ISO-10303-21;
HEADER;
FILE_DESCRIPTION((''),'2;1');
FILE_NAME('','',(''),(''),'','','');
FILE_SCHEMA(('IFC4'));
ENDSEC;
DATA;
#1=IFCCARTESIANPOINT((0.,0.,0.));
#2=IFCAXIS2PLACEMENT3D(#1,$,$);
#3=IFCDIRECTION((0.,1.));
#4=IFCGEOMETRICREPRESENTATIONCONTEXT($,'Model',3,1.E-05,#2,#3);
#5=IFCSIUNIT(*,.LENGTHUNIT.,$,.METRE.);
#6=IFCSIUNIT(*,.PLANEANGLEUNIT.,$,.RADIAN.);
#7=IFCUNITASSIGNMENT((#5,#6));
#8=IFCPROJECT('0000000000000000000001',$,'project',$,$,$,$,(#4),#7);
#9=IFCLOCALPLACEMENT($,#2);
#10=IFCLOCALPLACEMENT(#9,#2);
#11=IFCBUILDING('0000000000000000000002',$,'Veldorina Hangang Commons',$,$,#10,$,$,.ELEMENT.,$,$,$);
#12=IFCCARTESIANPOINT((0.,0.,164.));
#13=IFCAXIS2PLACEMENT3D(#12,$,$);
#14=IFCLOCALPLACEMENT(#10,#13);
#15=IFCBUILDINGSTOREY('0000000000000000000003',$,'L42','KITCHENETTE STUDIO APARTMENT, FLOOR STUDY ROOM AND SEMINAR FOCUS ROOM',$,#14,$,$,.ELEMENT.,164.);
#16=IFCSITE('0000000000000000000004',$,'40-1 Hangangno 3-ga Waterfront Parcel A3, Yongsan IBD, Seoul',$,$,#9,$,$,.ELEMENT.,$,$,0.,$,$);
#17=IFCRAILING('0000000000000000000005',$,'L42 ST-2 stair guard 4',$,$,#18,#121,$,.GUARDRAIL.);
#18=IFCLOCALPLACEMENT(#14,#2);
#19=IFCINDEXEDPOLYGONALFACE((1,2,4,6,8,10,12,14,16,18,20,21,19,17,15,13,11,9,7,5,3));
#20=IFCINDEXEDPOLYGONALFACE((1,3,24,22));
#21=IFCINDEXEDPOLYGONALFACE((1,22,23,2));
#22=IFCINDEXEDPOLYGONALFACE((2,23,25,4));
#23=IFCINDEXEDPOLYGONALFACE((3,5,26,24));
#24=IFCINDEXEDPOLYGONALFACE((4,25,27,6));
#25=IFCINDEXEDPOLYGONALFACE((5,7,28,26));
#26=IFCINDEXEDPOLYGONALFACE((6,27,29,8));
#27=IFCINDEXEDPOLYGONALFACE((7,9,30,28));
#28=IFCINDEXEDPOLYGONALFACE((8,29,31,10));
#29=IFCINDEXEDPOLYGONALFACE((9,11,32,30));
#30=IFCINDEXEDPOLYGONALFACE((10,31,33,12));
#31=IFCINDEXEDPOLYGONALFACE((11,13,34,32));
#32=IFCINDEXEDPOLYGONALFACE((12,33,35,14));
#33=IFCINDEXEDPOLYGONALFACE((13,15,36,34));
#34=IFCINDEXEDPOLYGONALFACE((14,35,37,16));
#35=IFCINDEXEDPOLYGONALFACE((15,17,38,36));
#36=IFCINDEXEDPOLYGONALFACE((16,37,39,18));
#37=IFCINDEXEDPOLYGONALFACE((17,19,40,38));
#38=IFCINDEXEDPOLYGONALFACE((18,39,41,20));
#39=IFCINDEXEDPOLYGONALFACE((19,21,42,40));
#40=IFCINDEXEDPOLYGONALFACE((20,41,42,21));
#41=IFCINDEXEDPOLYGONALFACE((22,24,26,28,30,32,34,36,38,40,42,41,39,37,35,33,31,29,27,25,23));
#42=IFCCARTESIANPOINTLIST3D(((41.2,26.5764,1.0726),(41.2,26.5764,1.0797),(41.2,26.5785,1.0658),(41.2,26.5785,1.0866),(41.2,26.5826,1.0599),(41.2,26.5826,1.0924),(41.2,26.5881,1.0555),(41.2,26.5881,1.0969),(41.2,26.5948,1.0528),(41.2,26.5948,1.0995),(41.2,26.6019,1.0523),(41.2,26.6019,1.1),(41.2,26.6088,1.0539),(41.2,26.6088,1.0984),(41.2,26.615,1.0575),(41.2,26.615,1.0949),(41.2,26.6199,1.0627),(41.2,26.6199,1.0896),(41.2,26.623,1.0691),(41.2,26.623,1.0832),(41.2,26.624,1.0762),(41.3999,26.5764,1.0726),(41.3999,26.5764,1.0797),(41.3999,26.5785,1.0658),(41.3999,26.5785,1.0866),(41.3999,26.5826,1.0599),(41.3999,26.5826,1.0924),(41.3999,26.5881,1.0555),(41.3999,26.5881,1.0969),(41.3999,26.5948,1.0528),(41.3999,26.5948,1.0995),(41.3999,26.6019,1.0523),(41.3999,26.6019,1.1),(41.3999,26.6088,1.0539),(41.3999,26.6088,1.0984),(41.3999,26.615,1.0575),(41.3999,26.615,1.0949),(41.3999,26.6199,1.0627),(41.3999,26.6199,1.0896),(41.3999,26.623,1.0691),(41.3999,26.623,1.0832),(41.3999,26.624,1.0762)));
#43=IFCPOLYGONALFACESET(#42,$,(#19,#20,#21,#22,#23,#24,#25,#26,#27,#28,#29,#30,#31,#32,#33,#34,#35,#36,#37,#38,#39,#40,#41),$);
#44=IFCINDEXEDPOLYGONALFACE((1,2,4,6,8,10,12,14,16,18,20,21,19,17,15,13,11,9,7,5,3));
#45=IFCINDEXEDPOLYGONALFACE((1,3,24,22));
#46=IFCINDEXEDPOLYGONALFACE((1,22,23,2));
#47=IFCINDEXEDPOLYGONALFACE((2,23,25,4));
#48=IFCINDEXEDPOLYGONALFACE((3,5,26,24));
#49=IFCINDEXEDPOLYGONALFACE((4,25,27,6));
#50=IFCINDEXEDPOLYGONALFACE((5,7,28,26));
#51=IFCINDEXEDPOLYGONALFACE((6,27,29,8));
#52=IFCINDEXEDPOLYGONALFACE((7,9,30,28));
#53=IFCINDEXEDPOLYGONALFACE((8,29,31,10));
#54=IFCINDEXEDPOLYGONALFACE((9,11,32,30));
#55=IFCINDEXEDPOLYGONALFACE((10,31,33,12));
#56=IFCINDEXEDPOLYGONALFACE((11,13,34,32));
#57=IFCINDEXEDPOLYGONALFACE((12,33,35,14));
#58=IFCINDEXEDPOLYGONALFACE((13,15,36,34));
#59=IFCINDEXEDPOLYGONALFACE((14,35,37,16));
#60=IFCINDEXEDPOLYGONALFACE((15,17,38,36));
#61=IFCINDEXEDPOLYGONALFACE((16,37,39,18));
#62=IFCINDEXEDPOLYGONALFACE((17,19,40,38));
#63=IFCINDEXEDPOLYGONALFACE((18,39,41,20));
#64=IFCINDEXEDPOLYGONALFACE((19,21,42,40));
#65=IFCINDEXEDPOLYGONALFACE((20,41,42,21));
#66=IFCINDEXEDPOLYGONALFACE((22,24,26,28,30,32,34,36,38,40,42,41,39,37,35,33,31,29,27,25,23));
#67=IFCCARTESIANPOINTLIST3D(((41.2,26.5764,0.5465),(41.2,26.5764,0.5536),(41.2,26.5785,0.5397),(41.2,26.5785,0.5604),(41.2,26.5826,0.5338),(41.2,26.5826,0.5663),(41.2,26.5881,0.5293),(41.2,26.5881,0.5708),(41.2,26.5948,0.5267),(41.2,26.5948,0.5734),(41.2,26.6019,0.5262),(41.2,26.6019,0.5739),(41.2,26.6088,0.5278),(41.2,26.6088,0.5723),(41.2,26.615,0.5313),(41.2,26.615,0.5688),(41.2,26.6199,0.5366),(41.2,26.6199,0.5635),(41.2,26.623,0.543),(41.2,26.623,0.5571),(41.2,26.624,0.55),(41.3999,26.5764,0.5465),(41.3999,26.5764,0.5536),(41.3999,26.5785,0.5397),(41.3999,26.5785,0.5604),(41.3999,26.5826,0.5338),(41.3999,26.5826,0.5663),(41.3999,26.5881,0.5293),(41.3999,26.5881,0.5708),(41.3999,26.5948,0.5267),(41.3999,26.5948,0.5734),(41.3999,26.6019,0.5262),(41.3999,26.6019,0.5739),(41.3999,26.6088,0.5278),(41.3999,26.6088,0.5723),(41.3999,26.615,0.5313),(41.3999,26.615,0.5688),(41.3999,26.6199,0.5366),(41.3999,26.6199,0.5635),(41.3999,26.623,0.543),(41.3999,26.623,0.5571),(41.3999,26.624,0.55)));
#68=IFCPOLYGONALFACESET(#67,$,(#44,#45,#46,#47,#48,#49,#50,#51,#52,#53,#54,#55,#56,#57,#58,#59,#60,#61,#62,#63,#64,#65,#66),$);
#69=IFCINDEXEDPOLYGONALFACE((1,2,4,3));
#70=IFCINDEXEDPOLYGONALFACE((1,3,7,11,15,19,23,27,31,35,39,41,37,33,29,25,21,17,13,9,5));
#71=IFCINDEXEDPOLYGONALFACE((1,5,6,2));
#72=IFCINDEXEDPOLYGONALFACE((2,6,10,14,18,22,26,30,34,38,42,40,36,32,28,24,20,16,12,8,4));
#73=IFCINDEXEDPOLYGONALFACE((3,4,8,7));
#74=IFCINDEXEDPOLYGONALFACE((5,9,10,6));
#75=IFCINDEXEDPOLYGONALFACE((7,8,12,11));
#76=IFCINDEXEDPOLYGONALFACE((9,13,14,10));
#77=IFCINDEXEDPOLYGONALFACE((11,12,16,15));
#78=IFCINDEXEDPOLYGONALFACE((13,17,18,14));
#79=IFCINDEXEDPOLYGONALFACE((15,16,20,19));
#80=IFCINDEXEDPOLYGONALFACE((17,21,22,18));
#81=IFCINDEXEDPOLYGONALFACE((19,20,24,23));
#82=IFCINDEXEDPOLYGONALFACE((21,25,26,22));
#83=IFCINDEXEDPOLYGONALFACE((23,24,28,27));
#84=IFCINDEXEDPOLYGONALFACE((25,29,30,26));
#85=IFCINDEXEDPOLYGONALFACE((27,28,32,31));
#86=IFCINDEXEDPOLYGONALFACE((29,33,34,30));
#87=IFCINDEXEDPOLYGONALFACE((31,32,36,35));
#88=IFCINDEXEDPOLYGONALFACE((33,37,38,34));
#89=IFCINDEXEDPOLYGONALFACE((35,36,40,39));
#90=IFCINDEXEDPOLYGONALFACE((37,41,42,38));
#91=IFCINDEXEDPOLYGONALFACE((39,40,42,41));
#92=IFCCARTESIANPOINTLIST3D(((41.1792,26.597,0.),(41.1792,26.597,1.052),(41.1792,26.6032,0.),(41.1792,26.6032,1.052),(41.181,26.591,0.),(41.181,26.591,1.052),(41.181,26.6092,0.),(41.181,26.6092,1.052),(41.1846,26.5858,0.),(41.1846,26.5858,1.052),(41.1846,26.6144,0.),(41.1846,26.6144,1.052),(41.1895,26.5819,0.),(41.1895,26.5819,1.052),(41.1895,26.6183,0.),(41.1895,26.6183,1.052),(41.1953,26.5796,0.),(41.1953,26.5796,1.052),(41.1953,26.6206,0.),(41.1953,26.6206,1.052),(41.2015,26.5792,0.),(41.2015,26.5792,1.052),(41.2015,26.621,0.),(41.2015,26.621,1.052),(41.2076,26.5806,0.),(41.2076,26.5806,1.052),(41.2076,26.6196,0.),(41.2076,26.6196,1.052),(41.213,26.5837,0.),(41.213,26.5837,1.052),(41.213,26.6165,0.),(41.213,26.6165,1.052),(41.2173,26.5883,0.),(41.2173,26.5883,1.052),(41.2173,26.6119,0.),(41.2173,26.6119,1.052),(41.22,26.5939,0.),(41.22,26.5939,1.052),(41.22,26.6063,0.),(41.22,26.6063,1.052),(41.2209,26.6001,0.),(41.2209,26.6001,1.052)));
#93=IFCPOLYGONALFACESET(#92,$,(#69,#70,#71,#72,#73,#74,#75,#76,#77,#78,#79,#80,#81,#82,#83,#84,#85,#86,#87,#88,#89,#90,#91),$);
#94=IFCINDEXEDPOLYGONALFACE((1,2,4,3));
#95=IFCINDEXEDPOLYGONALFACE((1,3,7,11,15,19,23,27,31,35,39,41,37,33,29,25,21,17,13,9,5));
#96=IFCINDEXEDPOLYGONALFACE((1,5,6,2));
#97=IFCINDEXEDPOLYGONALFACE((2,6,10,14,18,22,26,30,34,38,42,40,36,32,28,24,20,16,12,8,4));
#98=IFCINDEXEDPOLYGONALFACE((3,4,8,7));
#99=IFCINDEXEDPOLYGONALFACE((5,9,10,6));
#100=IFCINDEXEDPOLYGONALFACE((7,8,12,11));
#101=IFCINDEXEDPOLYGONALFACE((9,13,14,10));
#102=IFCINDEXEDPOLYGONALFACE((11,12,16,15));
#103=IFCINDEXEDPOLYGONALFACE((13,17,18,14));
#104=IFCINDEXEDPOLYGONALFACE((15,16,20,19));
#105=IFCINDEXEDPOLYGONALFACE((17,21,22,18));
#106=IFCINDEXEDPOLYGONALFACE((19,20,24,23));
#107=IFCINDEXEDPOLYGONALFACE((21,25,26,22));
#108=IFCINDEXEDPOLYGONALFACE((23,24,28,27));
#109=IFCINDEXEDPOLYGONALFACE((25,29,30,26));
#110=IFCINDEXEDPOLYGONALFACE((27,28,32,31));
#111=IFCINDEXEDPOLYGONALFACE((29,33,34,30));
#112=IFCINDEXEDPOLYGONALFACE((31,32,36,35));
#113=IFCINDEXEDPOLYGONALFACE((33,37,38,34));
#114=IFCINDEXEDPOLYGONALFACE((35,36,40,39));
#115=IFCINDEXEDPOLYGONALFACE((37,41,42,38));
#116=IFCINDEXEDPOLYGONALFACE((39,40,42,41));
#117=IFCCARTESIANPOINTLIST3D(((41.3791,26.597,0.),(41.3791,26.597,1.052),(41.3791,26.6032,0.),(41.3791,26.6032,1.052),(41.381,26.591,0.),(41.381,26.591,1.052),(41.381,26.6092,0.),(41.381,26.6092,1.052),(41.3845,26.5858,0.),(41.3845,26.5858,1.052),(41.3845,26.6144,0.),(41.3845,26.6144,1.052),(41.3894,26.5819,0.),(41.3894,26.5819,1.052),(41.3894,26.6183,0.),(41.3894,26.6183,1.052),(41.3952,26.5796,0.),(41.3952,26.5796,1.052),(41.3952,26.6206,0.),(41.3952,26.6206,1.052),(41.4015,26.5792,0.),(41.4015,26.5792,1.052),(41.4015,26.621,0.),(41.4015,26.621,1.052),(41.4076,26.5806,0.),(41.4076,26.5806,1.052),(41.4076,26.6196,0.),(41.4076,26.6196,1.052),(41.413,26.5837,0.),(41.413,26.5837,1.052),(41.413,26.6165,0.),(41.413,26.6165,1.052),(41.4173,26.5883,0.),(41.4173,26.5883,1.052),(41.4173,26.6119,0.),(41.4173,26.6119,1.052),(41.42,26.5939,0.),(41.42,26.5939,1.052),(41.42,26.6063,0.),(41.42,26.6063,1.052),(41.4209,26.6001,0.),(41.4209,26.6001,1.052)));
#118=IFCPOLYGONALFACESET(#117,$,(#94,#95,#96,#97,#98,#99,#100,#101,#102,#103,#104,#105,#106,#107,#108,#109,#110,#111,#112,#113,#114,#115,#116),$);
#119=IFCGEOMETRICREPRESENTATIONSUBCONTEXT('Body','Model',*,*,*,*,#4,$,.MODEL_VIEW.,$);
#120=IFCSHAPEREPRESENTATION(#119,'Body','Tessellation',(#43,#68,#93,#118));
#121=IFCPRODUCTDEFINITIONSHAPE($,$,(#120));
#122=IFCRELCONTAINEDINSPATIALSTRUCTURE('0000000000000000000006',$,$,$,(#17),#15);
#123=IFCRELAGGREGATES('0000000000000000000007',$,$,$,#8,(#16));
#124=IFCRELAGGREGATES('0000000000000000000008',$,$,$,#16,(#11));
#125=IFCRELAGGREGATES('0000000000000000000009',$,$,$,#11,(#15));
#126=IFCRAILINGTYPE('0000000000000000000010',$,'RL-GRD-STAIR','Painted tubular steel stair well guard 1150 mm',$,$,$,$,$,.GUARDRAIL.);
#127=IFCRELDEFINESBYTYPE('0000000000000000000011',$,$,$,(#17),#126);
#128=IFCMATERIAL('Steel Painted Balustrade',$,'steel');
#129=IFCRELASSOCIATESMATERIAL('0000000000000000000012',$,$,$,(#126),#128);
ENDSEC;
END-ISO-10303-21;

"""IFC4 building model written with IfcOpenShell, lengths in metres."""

from ifc_helpers import new_model, si_unit, direction, frame, origin, origin_2d, place, context, subcontext, project, spatial, circle, extrude, material, type_object, element, save


model = new_model("IFC4")

# Units and contexts
model_context = context("Model", 3, precision=1e-05, world=origin(), true_north=direction((0.0, 1.0)))
body_context = subcontext(model_context, "Body", "Model", "MODEL_VIEW")
ifc_project = project(units=[si_unit("LENGTHUNIT", "METRE"), si_unit("PLANEANGLEUNIT", "RADIAN")], contexts=[model_context])

# Site, building, storey
site_placement = place(None, origin())
site = spatial("IfcSite", under=ifc_project, at=site_placement, Name="40-1 Hangangno 3-ga Waterfront Parcel A3, Yongsan IBD, Seoul", CompositionType="ELEMENT", RefElevation=0.0)
building_placement = place(site_placement, origin())
building = spatial("IfcBuilding", under=site, at=building_placement, Name="Veldorina Hangang Commons", CompositionType="ELEMENT")
storey_placement = place(building_placement, frame((0.0, 0.0, 164.0)))
storey = spatial("IfcBuildingStorey", under=building, at=storey_placement, Name="L42", Description="KITCHENETTE STUDIO APARTMENT, FLOOR STUDY ROOM AND SEMINAR FOCUS ROOM", CompositionType="ELEMENT", Elevation=164.0)

# Railing
ifc_material_1 = material(Name="Steel Painted Balustrade", Category="steel")
railing_type_1 = type_object("IfcRailingType", Name="RL-GRD-STAIR", Description="Painted tubular steel stair well guard 1150 mm", PredefinedType="GUARDRAIL", material=ifc_material_1)
railing_1_placement = place(storey_placement, frame((41.2, 26.6001, 0.0)))
element("IfcRailing", 1, at=railing_1_placement, inside=storey, type_object=railing_type_1, Name="L42 ST-2 stair guard 4", PredefinedType="GUARDRAIL", context=body_context, shape_type="SweptSolid", body=[
    extrude(circle(Radius=0.0239, at=origin_2d()), frame((0.0, 0.0, 1.0762), z_axis=(1.0, 0.0, 0.0), x_axis=(0.0, 1.0, 0.0)), (0.0, 0.0, 1.0), 0.2),
    extrude(circle(Radius=0.0239, at=origin_2d()), frame((0.0, 0.0, 0.55), z_axis=(1.0, 0.0, 0.0), x_axis=(0.0, 1.0, 0.0)), (0.0, 0.0, 1.0), 0.2),
    extrude(circle(Radius=0.021, at=origin_2d()), origin(), (0.0, 0.0, 1.0), 1.052),
    extrude(circle(Radius=0.021, at=origin_2d()), frame((0.2, 0.0, 0.0)), (0.0, 0.0, 1.0), 1.052),
])

save(model, "model.ifc")
